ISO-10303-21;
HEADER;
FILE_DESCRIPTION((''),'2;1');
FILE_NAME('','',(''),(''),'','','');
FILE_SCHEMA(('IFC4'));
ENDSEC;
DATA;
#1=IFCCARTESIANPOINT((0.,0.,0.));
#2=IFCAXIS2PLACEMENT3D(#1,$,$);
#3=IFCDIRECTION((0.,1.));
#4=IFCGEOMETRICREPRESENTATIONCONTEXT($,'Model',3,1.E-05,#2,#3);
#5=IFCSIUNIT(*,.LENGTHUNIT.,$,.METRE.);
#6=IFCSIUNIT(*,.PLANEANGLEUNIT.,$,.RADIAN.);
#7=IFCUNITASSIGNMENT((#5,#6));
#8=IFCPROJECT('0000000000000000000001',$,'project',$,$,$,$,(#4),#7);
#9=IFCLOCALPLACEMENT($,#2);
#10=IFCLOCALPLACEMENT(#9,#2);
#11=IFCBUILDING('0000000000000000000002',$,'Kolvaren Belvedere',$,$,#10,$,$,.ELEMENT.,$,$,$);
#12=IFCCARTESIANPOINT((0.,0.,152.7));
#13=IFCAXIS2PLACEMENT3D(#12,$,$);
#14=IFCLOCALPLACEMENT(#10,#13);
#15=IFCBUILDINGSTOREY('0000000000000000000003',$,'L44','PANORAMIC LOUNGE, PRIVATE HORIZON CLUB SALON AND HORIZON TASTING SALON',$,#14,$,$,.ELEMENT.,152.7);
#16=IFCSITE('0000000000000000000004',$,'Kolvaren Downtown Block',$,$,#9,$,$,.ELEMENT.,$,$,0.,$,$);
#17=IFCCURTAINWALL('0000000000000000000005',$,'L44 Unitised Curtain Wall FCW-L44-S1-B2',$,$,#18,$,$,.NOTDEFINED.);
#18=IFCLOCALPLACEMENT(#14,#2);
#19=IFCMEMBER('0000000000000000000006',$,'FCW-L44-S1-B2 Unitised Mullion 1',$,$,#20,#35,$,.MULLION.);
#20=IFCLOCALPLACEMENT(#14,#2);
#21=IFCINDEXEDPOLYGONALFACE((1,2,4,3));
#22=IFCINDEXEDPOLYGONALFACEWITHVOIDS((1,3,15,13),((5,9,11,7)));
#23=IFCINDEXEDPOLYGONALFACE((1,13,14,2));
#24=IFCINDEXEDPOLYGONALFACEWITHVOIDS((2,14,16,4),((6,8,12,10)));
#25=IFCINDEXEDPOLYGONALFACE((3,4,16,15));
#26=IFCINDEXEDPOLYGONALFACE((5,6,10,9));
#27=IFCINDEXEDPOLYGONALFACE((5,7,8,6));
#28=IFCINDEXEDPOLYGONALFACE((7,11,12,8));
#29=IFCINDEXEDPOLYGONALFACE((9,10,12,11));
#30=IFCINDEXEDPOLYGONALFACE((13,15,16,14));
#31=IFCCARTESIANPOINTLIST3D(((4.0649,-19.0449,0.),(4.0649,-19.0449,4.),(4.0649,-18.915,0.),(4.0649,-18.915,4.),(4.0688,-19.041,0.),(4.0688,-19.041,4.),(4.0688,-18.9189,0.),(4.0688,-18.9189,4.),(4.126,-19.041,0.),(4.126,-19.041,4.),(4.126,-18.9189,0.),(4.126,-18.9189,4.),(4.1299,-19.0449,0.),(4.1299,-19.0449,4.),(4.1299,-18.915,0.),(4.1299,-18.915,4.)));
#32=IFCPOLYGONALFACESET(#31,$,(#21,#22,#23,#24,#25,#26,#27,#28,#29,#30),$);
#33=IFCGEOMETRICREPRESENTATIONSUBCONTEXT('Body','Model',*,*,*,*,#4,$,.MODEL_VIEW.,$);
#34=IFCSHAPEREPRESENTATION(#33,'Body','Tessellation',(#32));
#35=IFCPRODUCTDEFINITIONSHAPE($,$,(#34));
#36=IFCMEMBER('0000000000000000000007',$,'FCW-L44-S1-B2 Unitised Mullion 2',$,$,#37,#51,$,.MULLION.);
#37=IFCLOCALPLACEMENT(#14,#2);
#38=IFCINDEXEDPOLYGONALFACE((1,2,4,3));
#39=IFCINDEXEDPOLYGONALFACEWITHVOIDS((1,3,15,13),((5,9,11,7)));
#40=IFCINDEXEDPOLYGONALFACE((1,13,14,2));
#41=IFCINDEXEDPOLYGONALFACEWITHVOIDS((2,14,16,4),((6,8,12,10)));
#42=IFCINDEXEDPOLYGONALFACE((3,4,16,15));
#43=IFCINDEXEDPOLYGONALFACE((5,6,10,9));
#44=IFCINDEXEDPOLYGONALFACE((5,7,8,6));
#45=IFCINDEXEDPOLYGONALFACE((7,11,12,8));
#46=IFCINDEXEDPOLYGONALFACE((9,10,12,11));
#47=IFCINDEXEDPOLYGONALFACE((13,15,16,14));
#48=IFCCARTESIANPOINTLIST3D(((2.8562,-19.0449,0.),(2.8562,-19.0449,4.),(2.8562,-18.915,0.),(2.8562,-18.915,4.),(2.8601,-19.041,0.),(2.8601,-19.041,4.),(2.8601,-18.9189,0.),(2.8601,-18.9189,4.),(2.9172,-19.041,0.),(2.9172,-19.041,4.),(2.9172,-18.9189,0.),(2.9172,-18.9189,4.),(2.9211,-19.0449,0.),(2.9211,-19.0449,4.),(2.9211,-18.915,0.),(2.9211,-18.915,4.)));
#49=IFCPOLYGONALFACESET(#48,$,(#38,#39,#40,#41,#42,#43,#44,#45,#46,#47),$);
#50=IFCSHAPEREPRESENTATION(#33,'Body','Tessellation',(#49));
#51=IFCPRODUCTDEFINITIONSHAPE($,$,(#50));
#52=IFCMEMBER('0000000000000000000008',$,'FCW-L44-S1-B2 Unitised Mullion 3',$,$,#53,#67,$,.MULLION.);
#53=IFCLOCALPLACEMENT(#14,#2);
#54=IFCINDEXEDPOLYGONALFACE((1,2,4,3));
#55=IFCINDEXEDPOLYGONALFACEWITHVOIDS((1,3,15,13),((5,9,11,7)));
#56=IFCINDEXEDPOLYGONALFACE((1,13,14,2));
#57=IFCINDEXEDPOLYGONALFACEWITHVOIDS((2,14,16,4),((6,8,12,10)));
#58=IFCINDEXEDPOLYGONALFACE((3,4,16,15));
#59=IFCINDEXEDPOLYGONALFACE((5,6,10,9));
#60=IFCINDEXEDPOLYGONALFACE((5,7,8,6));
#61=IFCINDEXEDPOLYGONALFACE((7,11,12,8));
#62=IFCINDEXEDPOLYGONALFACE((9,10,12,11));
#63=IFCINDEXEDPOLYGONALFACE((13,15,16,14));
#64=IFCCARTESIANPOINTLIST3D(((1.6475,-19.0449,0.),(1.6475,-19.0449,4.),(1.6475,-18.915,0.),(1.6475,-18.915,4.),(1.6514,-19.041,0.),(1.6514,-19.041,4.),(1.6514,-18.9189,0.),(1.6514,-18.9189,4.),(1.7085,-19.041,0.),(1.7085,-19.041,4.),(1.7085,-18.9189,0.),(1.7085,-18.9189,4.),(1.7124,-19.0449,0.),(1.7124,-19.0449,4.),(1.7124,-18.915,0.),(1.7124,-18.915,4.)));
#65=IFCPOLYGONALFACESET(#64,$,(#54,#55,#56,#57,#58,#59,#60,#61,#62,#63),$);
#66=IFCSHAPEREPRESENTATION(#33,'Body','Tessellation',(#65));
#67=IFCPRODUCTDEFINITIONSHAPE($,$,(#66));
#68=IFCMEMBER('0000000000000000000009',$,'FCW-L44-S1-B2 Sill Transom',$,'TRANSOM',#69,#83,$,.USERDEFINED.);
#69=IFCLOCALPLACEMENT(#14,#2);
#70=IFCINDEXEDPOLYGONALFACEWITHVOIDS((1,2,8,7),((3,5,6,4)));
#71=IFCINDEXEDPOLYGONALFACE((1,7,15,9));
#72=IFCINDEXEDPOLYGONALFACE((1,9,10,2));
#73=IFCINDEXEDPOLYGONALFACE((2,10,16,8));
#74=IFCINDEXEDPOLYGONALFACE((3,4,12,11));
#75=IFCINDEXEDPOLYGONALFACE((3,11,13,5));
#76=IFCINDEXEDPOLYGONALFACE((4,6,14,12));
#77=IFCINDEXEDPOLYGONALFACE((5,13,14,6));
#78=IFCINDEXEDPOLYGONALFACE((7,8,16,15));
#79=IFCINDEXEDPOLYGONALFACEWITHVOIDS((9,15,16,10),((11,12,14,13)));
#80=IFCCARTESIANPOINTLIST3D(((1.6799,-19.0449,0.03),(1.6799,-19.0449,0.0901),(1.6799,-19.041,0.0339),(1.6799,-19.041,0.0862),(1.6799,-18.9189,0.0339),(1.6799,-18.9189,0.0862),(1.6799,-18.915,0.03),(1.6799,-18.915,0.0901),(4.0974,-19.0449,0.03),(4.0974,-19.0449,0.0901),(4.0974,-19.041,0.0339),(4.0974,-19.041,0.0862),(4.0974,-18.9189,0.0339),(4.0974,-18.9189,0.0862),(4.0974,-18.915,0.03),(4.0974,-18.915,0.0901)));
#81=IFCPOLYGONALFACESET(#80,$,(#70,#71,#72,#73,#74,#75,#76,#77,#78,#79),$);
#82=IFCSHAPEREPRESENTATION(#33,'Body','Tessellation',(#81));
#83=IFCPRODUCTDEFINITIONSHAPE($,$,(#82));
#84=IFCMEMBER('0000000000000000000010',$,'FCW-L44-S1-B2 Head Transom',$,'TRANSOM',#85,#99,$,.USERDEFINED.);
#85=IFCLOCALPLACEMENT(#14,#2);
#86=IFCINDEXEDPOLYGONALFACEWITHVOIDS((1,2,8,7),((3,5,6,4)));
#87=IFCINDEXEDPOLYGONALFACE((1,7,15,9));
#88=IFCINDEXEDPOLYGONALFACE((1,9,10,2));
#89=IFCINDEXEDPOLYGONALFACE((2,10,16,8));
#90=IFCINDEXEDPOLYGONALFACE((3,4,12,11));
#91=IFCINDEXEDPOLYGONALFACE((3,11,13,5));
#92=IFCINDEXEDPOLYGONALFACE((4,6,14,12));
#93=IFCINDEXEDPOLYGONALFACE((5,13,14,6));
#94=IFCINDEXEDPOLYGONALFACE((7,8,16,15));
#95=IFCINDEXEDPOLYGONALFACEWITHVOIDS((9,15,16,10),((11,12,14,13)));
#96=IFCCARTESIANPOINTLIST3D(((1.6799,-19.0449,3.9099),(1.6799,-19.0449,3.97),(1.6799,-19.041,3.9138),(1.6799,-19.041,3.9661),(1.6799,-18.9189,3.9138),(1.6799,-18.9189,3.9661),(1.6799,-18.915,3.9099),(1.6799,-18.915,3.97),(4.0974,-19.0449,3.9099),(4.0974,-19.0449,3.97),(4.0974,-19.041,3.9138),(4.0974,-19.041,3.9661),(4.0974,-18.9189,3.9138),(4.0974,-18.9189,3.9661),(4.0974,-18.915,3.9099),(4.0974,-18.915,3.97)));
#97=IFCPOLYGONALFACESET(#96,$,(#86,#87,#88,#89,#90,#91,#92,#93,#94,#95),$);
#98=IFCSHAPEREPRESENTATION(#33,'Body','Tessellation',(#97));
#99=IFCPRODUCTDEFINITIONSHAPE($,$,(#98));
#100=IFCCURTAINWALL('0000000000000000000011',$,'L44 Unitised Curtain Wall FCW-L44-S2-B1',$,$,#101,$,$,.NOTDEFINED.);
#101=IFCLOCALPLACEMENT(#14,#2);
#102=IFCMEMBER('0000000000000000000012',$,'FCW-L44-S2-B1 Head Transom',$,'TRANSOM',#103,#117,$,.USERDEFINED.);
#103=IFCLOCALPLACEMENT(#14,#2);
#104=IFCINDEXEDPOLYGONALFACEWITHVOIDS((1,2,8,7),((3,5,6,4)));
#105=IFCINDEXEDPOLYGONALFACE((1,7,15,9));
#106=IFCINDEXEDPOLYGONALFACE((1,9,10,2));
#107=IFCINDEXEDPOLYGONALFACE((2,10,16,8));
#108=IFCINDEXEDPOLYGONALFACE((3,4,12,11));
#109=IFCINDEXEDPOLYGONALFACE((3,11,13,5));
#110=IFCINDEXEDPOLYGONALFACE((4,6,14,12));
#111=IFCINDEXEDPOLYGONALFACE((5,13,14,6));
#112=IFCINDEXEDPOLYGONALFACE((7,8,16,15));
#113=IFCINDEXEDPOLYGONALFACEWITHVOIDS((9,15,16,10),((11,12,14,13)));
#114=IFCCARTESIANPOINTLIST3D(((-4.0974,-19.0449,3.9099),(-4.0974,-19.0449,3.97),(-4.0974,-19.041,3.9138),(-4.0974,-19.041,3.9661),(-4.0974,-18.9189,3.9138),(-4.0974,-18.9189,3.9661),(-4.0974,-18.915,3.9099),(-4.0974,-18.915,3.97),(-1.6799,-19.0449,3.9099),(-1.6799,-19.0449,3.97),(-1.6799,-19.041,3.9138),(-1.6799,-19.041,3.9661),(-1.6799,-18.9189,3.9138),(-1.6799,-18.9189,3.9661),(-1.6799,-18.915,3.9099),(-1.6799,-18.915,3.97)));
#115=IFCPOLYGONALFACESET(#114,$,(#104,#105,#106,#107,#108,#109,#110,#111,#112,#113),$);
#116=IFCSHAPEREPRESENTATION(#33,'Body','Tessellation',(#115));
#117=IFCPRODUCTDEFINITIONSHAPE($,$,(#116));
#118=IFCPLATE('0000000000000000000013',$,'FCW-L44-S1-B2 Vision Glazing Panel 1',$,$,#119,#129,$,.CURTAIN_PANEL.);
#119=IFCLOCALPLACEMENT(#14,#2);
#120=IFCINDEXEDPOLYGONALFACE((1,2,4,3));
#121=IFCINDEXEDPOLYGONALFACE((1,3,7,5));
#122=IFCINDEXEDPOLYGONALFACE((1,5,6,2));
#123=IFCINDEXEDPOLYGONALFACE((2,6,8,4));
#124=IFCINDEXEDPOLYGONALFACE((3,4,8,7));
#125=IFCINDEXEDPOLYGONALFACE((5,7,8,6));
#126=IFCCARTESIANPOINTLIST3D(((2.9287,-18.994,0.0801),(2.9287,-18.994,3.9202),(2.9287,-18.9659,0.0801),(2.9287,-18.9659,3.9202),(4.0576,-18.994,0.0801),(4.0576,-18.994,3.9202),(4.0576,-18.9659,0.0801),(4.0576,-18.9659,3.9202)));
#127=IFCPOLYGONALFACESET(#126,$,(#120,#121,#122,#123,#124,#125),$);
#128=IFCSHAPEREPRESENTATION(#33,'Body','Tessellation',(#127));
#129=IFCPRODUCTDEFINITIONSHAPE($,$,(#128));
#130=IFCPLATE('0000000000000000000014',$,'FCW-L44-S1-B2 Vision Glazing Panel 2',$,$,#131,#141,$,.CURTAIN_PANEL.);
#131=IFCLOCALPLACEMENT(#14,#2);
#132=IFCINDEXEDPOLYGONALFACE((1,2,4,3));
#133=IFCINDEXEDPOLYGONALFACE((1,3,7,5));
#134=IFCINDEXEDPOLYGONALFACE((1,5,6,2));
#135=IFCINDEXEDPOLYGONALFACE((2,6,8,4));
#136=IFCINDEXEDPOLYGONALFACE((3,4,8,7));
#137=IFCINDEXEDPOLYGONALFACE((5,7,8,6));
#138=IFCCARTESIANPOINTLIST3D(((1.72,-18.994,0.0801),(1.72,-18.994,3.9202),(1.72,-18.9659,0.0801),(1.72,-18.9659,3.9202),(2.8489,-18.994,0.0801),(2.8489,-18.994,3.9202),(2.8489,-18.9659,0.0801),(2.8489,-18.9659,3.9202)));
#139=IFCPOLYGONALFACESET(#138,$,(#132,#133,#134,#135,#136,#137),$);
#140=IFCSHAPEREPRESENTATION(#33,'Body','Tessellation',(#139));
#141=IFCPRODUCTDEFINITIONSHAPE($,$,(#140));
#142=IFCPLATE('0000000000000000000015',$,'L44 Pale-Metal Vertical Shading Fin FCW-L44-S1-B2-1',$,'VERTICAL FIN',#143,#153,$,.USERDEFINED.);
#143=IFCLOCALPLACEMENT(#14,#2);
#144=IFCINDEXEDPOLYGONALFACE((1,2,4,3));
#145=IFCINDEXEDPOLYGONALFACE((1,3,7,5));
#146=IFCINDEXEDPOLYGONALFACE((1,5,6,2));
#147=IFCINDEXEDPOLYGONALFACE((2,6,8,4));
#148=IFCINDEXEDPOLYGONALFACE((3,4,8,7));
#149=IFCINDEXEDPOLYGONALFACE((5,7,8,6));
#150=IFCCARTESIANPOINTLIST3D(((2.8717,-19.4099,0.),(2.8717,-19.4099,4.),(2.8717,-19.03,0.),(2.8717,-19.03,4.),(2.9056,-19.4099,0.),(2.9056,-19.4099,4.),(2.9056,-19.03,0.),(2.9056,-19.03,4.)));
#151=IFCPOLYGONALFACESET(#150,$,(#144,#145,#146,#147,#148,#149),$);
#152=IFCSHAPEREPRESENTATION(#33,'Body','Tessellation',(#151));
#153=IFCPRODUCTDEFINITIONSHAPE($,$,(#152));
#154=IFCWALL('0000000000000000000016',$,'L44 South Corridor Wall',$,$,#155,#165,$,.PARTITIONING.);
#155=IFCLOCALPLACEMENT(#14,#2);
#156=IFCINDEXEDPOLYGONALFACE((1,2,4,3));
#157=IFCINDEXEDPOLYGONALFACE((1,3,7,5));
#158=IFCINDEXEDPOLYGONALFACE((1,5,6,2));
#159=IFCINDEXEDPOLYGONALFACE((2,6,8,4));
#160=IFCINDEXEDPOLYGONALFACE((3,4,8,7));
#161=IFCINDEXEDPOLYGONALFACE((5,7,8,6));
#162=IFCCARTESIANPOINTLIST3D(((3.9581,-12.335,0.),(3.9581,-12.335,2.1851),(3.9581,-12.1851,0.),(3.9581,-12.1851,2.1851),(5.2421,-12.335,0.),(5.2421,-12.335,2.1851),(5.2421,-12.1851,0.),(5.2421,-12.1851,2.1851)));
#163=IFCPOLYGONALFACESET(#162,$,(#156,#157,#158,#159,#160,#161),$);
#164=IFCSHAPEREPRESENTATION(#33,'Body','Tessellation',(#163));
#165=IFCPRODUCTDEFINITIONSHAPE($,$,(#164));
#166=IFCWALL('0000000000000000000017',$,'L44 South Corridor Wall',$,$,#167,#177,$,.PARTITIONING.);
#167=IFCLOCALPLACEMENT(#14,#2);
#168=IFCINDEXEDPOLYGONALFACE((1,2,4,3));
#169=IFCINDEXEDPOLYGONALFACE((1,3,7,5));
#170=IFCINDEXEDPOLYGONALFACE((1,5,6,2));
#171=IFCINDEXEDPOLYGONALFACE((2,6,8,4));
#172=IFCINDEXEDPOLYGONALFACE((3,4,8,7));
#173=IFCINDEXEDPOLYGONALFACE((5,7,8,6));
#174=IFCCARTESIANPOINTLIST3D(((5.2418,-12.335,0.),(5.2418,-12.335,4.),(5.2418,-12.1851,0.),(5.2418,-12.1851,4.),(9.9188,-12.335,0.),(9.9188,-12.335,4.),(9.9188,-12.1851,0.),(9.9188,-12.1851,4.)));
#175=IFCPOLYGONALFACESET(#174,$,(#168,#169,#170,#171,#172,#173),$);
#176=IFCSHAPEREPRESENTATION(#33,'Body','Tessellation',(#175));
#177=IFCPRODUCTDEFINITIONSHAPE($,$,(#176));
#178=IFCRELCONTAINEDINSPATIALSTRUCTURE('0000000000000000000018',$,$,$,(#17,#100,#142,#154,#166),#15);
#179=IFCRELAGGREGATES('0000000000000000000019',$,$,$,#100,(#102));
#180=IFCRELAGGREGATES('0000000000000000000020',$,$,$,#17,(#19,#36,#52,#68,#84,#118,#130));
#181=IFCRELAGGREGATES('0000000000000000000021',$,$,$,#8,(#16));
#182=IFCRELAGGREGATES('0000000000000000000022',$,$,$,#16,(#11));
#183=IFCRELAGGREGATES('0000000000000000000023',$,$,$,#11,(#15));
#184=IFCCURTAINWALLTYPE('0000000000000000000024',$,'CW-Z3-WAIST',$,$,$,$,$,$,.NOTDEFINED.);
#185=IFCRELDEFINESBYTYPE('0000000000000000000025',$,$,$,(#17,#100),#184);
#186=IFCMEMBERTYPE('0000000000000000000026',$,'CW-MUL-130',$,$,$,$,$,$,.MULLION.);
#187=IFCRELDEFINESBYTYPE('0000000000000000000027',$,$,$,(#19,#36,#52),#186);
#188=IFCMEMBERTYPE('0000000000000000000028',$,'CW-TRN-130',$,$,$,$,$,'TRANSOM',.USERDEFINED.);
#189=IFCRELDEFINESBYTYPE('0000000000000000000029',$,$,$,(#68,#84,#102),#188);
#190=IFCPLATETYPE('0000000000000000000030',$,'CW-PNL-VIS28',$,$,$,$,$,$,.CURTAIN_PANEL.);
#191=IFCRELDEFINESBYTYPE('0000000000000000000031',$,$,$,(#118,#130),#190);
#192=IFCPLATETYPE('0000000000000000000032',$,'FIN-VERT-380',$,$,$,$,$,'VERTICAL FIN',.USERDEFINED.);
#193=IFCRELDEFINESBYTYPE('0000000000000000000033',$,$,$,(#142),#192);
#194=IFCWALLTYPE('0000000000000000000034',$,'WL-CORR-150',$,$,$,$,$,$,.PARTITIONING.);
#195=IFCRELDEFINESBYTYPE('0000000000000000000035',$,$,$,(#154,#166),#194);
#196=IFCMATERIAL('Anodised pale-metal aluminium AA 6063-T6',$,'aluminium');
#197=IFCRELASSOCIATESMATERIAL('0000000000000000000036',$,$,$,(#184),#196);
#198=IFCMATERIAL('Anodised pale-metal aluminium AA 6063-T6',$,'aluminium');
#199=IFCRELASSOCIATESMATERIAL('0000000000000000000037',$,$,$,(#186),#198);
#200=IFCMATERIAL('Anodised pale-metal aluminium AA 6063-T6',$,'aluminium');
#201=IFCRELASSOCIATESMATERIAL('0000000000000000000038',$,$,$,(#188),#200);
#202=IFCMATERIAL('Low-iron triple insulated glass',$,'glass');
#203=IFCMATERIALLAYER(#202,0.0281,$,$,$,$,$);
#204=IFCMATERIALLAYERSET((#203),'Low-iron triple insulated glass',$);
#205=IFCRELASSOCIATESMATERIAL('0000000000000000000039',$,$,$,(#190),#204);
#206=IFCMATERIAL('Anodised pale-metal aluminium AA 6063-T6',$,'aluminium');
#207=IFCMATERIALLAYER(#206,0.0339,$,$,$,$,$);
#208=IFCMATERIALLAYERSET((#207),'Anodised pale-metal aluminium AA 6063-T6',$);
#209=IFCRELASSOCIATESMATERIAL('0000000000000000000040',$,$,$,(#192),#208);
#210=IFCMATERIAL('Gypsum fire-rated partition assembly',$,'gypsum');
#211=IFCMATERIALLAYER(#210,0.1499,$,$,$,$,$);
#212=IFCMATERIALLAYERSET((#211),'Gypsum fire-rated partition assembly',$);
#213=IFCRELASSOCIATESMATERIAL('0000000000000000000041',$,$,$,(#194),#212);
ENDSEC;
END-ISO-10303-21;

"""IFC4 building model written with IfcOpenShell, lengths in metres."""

from ifc_helpers import new_model, si_unit, direction, frame, frame_2d, origin, origin_2d, place, context, subcontext, project, spatial, rectangle, hollow_rectangle, extrude, material, layer, layer_set, material_profile, profile_set, type_object, element, aggregate, save


model = new_model("IFC4")

# Units and contexts
model_context = context("Model", 3, precision=1e-05, world=origin(), true_north=direction((0.0, 1.0)))
body_context = subcontext(model_context, "Body", "Model", "MODEL_VIEW")
ifc_project = project(units=[si_unit("LENGTHUNIT", "METRE"), si_unit("PLANEANGLEUNIT", "RADIAN")], contexts=[model_context])

# Site, building, storey
site_placement = place(None, origin())
site = spatial("IfcSite", under=ifc_project, at=site_placement, Name="Kolvaren Downtown Block", CompositionType="ELEMENT", RefElevation=0.0)
building_placement = place(site_placement, origin())
building = spatial("IfcBuilding", under=site, at=building_placement, Name="Kolvaren Belvedere", CompositionType="ELEMENT")
storey_placement = place(building_placement, frame((0.0, 0.0, 152.7)))
storey = spatial("IfcBuildingStorey", under=building, at=storey_placement, Name="L44", Description="PANORAMIC LOUNGE, PRIVATE HORIZON CLUB SALON AND HORIZON TASTING SALON", CompositionType="ELEMENT", Elevation=152.7)

# Shared definitions
ifc_material_1 = material(Name="Anodised pale-metal aluminium AA 6063-T6", Category="aluminium")
curtain_wall_type = type_object("IfcCurtainWallType", Name="CW-Z3-WAIST", PredefinedType="NOTDEFINED", material=ifc_material_1)
ifc_material_2 = material(Name="Anodised pale-metal aluminium AA 6063-T6", Category="aluminium")
ifc_material_profile_1 = material_profile(ifc_material_2, hollow_rectangle(XDim=0.0649, YDim=0.1299, WallThickness=0.0039, at=origin_2d()), Name="ALU-MUL-130X65")
ifc_profile_set_1 = profile_set([ifc_material_profile_1], Name="Anodised pale-metal aluminium AA 6063-T6")
member_type_1 = type_object("IfcMemberType", Name="CW-MUL-130", PredefinedType="MULLION", material=ifc_profile_set_1)

# Curtain wall, members
curtain_wall_1_placement = place(storey_placement, origin())
curtain_wall_1 = element("IfcCurtainWall", 1, at=curtain_wall_1_placement, inside=storey, type_object=curtain_wall_type, Name="L44 Unitised Curtain Wall FCW-L44-S1-B2", PredefinedType="NOTDEFINED")
member_1_placement = place(storey_placement, frame((4.0974, -18.98, 0.0), z_axis=(0.0, 0.0, 1.0), x_axis=(1.0, 0.0, 0.0)))
member_1 = element("IfcMember", 2, at=member_1_placement, type_object=member_type_1, Name="FCW-L44-S1-B2 Unitised Mullion 1", PredefinedType="MULLION", context=body_context, shape_type="SweptSolid", body=[
    extrude(hollow_rectangle(XDim=0.0649, YDim=0.1299, WallThickness=0.0039, at=origin_2d()), origin(), (0.0, 0.0, 1.0), 4.0),
])
member_2_placement = place(storey_placement, frame((2.8887, -18.98, 0.0), z_axis=(0.0, 0.0, 1.0), x_axis=(1.0, 0.0, 0.0)))
member_2 = element("IfcMember", 3, at=member_2_placement, type_object=member_type_1, Name="FCW-L44-S1-B2 Unitised Mullion 2", PredefinedType="MULLION", context=body_context, shape_type="SweptSolid", body=[
    extrude(hollow_rectangle(XDim=0.0649, YDim=0.1299, WallThickness=0.0039, at=origin_2d()), origin(), (0.0, 0.0, 1.0), 4.0),
])
member_3_placement = place(storey_placement, frame((1.6799, -18.98, 0.0), z_axis=(0.0, 0.0, 1.0), x_axis=(1.0, 0.0, 0.0)))
member_3 = element("IfcMember", 4, at=member_3_placement, type_object=member_type_1, Name="FCW-L44-S1-B2 Unitised Mullion 3", PredefinedType="MULLION", context=body_context, shape_type="SweptSolid", body=[
    extrude(hollow_rectangle(XDim=0.0649, YDim=0.1299, WallThickness=0.0039, at=origin_2d()), origin(), (0.0, 0.0, 1.0), 4.0),
])
ifc_material_3 = material(Name="Anodised pale-metal aluminium AA 6063-T6", Category="aluminium")
ifc_material_profile_2 = material_profile(ifc_material_3, hollow_rectangle(XDim=0.0601, YDim=0.1299, WallThickness=0.0039, at=origin_2d()), Name="ALU-TRN-130X60")
ifc_profile_set_2 = profile_set([ifc_material_profile_2], Name="Anodised pale-metal aluminium AA 6063-T6")
member_type_2 = type_object("IfcMemberType", Name="CW-TRN-130", ElementType="TRANSOM", PredefinedType="USERDEFINED", material=ifc_profile_set_2)
member_4_placement = place(storey_placement, frame((4.0974, -18.98, 0.0601), z_axis=(-1.0, 0.0, 0.0), x_axis=(0.0, 0.0, 1.0)))
member_4 = element("IfcMember", 5, at=member_4_placement, type_object=member_type_2, Name="FCW-L44-S1-B2 Sill Transom", ObjectType="TRANSOM", PredefinedType="USERDEFINED", context=body_context, shape_type="SweptSolid", body=[
    extrude(hollow_rectangle(XDim=0.0601, YDim=0.1299, WallThickness=0.0039, at=origin_2d()), origin(), (0.0, 0.0, 1.0), 2.4175),
])
member_5_placement = place(storey_placement, frame((4.0974, -18.98, 3.9399), z_axis=(-1.0, 0.0, 0.0), x_axis=(0.0, 0.0, 1.0)))
member_5 = element("IfcMember", 6, at=member_5_placement, type_object=member_type_2, Name="FCW-L44-S1-B2 Head Transom", ObjectType="TRANSOM", PredefinedType="USERDEFINED", context=body_context, shape_type="SweptSolid", body=[
    extrude(hollow_rectangle(XDim=0.0601, YDim=0.1299, WallThickness=0.0039, at=origin_2d()), origin(), (0.0, 0.0, 1.0), 2.4175),
])

# Curtain wall, member
curtain_wall_2_placement = place(storey_placement, origin())
curtain_wall_2 = element("IfcCurtainWall", 7, at=curtain_wall_2_placement, inside=storey, type_object=curtain_wall_type, Name="L44 Unitised Curtain Wall FCW-L44-S2-B1", PredefinedType="NOTDEFINED")
member_6_placement = place(storey_placement, frame((-1.6799, -18.98, 3.9399), z_axis=(-1.0, 0.0, 0.0), x_axis=(0.0, 0.0, 1.0)))
member_6 = element("IfcMember", 8, at=member_6_placement, type_object=member_type_2, Name="FCW-L44-S2-B1 Head Transom", ObjectType="TRANSOM", PredefinedType="USERDEFINED", context=body_context, shape_type="SweptSolid", body=[
    extrude(hollow_rectangle(XDim=0.0601, YDim=0.1299, WallThickness=0.0039, at=origin_2d()), origin(), (0.0, 0.0, 1.0), 2.4175),
])
aggregate(curtain_wall_2, [member_6])

# Plates
ifc_material_4 = material(Name="Low-iron triple insulated glass", Category="glass")
ifc_layer_1 = layer(ifc_material_4, 0.0281)
ifc_layer_set_1 = layer_set([ifc_layer_1], Name="Low-iron triple insulated glass")
plate_type_1 = type_object("IfcPlateType", Name="CW-PNL-VIS28", PredefinedType="CURTAIN_PANEL", material=ifc_layer_set_1)
plate_1_placement = place(storey_placement, frame((3.4932, -18.98, 0.0801), z_axis=(0.0, 0.0, 1.0), x_axis=(-1.0, 0.0, 0.0)))
plate_1 = element("IfcPlate", 9, at=plate_1_placement, type_object=plate_type_1, Name="FCW-L44-S1-B2 Vision Glazing Panel 1", PredefinedType="CURTAIN_PANEL", context=body_context, shape_type="SweptSolid", body=[
    extrude(rectangle(XDim=1.1289, YDim=0.0281, at=origin_2d()), origin(), (0.0, 0.0, 1.0), 3.8401),
])
plate_2_placement = place(storey_placement, frame((2.2844, -18.98, 0.0801), z_axis=(0.0, 0.0, 1.0), x_axis=(-1.0, 0.0, 0.0)))
plate_2 = element("IfcPlate", 10, at=plate_2_placement, type_object=plate_type_1, Name="FCW-L44-S1-B2 Vision Glazing Panel 2", PredefinedType="CURTAIN_PANEL", context=body_context, shape_type="SweptSolid", body=[
    extrude(rectangle(XDim=1.1289, YDim=0.0281, at=origin_2d()), origin(), (0.0, 0.0, 1.0), 3.8401),
])
aggregate(curtain_wall_1, [member_1, member_2, member_3, member_4, member_5, plate_1, plate_2])
ifc_material_5 = material(Name="Anodised pale-metal aluminium AA 6063-T6", Category="aluminium")
ifc_layer_2 = layer(ifc_material_5, 0.0339)
ifc_layer_set_2 = layer_set([ifc_layer_2], Name="Anodised pale-metal aluminium AA 6063-T6")
plate_type_2 = type_object("IfcPlateType", Name="FIN-VERT-380", ElementType="VERTICAL FIN", PredefinedType="USERDEFINED", material=ifc_layer_set_2)
plate_3_placement = place(storey_placement, frame((2.8887, -19.22, 0.0), z_axis=(0.0, 0.0, 1.0), x_axis=(0.0, 1.0, 0.0)))
element("IfcPlate", 11, at=plate_3_placement, inside=storey, type_object=plate_type_2, Name="L44 Pale-Metal Vertical Shading Fin FCW-L44-S1-B2-1", ObjectType="VERTICAL FIN", PredefinedType="USERDEFINED", context=body_context, shape_type="SweptSolid", body=[
    extrude(rectangle(XDim=0.3799, YDim=0.0339, at=origin_2d()), origin(), (0.0, 0.0, 1.0), 4.0),
])

# Walls
ifc_material_6 = material(Name="Gypsum fire-rated partition assembly", Category="gypsum")
ifc_layer_3 = layer(ifc_material_6, 0.1499)
ifc_layer_set_3 = layer_set([ifc_layer_3], Name="Gypsum fire-rated partition assembly")
wall_type_1 = type_object("IfcWallType", Name="WL-CORR-150", PredefinedType="PARTITIONING", material=ifc_layer_set_3)
wall_1_placement = place(storey_placement, frame((3.958, -12.26, 0.0), z_axis=(0.0, 0.0, 1.0), x_axis=(1.0, 0.0, 0.0)))
element("IfcWall", 12, at=wall_1_placement, inside=storey, type_object=wall_type_1, Name="L44 South Corridor Wall", PredefinedType="PARTITIONING", context=body_context, shape_type="SweptSolid", body=[
    extrude(rectangle(XDim=1.2839, YDim=0.1499, at=frame_2d((0.6421, 0.0))), origin(), (0.0, 0.0, 1.0), 2.1851),
])
wall_2_placement = place(storey_placement, frame((5.2419, -12.26, 0.0), z_axis=(0.0, 0.0, 1.0), x_axis=(1.0, 0.0, 0.0)))
element("IfcWall", 13, at=wall_2_placement, inside=storey, type_object=wall_type_1, Name="L44 South Corridor Wall", PredefinedType="PARTITIONING", context=body_context, shape_type="SweptSolid", body=[
    extrude(rectangle(XDim=4.677, YDim=0.1499, at=frame_2d((2.3384, 0.0))), origin(), (0.0, 0.0, 1.0), 4.0),
])

save(model, "model.ifc")
